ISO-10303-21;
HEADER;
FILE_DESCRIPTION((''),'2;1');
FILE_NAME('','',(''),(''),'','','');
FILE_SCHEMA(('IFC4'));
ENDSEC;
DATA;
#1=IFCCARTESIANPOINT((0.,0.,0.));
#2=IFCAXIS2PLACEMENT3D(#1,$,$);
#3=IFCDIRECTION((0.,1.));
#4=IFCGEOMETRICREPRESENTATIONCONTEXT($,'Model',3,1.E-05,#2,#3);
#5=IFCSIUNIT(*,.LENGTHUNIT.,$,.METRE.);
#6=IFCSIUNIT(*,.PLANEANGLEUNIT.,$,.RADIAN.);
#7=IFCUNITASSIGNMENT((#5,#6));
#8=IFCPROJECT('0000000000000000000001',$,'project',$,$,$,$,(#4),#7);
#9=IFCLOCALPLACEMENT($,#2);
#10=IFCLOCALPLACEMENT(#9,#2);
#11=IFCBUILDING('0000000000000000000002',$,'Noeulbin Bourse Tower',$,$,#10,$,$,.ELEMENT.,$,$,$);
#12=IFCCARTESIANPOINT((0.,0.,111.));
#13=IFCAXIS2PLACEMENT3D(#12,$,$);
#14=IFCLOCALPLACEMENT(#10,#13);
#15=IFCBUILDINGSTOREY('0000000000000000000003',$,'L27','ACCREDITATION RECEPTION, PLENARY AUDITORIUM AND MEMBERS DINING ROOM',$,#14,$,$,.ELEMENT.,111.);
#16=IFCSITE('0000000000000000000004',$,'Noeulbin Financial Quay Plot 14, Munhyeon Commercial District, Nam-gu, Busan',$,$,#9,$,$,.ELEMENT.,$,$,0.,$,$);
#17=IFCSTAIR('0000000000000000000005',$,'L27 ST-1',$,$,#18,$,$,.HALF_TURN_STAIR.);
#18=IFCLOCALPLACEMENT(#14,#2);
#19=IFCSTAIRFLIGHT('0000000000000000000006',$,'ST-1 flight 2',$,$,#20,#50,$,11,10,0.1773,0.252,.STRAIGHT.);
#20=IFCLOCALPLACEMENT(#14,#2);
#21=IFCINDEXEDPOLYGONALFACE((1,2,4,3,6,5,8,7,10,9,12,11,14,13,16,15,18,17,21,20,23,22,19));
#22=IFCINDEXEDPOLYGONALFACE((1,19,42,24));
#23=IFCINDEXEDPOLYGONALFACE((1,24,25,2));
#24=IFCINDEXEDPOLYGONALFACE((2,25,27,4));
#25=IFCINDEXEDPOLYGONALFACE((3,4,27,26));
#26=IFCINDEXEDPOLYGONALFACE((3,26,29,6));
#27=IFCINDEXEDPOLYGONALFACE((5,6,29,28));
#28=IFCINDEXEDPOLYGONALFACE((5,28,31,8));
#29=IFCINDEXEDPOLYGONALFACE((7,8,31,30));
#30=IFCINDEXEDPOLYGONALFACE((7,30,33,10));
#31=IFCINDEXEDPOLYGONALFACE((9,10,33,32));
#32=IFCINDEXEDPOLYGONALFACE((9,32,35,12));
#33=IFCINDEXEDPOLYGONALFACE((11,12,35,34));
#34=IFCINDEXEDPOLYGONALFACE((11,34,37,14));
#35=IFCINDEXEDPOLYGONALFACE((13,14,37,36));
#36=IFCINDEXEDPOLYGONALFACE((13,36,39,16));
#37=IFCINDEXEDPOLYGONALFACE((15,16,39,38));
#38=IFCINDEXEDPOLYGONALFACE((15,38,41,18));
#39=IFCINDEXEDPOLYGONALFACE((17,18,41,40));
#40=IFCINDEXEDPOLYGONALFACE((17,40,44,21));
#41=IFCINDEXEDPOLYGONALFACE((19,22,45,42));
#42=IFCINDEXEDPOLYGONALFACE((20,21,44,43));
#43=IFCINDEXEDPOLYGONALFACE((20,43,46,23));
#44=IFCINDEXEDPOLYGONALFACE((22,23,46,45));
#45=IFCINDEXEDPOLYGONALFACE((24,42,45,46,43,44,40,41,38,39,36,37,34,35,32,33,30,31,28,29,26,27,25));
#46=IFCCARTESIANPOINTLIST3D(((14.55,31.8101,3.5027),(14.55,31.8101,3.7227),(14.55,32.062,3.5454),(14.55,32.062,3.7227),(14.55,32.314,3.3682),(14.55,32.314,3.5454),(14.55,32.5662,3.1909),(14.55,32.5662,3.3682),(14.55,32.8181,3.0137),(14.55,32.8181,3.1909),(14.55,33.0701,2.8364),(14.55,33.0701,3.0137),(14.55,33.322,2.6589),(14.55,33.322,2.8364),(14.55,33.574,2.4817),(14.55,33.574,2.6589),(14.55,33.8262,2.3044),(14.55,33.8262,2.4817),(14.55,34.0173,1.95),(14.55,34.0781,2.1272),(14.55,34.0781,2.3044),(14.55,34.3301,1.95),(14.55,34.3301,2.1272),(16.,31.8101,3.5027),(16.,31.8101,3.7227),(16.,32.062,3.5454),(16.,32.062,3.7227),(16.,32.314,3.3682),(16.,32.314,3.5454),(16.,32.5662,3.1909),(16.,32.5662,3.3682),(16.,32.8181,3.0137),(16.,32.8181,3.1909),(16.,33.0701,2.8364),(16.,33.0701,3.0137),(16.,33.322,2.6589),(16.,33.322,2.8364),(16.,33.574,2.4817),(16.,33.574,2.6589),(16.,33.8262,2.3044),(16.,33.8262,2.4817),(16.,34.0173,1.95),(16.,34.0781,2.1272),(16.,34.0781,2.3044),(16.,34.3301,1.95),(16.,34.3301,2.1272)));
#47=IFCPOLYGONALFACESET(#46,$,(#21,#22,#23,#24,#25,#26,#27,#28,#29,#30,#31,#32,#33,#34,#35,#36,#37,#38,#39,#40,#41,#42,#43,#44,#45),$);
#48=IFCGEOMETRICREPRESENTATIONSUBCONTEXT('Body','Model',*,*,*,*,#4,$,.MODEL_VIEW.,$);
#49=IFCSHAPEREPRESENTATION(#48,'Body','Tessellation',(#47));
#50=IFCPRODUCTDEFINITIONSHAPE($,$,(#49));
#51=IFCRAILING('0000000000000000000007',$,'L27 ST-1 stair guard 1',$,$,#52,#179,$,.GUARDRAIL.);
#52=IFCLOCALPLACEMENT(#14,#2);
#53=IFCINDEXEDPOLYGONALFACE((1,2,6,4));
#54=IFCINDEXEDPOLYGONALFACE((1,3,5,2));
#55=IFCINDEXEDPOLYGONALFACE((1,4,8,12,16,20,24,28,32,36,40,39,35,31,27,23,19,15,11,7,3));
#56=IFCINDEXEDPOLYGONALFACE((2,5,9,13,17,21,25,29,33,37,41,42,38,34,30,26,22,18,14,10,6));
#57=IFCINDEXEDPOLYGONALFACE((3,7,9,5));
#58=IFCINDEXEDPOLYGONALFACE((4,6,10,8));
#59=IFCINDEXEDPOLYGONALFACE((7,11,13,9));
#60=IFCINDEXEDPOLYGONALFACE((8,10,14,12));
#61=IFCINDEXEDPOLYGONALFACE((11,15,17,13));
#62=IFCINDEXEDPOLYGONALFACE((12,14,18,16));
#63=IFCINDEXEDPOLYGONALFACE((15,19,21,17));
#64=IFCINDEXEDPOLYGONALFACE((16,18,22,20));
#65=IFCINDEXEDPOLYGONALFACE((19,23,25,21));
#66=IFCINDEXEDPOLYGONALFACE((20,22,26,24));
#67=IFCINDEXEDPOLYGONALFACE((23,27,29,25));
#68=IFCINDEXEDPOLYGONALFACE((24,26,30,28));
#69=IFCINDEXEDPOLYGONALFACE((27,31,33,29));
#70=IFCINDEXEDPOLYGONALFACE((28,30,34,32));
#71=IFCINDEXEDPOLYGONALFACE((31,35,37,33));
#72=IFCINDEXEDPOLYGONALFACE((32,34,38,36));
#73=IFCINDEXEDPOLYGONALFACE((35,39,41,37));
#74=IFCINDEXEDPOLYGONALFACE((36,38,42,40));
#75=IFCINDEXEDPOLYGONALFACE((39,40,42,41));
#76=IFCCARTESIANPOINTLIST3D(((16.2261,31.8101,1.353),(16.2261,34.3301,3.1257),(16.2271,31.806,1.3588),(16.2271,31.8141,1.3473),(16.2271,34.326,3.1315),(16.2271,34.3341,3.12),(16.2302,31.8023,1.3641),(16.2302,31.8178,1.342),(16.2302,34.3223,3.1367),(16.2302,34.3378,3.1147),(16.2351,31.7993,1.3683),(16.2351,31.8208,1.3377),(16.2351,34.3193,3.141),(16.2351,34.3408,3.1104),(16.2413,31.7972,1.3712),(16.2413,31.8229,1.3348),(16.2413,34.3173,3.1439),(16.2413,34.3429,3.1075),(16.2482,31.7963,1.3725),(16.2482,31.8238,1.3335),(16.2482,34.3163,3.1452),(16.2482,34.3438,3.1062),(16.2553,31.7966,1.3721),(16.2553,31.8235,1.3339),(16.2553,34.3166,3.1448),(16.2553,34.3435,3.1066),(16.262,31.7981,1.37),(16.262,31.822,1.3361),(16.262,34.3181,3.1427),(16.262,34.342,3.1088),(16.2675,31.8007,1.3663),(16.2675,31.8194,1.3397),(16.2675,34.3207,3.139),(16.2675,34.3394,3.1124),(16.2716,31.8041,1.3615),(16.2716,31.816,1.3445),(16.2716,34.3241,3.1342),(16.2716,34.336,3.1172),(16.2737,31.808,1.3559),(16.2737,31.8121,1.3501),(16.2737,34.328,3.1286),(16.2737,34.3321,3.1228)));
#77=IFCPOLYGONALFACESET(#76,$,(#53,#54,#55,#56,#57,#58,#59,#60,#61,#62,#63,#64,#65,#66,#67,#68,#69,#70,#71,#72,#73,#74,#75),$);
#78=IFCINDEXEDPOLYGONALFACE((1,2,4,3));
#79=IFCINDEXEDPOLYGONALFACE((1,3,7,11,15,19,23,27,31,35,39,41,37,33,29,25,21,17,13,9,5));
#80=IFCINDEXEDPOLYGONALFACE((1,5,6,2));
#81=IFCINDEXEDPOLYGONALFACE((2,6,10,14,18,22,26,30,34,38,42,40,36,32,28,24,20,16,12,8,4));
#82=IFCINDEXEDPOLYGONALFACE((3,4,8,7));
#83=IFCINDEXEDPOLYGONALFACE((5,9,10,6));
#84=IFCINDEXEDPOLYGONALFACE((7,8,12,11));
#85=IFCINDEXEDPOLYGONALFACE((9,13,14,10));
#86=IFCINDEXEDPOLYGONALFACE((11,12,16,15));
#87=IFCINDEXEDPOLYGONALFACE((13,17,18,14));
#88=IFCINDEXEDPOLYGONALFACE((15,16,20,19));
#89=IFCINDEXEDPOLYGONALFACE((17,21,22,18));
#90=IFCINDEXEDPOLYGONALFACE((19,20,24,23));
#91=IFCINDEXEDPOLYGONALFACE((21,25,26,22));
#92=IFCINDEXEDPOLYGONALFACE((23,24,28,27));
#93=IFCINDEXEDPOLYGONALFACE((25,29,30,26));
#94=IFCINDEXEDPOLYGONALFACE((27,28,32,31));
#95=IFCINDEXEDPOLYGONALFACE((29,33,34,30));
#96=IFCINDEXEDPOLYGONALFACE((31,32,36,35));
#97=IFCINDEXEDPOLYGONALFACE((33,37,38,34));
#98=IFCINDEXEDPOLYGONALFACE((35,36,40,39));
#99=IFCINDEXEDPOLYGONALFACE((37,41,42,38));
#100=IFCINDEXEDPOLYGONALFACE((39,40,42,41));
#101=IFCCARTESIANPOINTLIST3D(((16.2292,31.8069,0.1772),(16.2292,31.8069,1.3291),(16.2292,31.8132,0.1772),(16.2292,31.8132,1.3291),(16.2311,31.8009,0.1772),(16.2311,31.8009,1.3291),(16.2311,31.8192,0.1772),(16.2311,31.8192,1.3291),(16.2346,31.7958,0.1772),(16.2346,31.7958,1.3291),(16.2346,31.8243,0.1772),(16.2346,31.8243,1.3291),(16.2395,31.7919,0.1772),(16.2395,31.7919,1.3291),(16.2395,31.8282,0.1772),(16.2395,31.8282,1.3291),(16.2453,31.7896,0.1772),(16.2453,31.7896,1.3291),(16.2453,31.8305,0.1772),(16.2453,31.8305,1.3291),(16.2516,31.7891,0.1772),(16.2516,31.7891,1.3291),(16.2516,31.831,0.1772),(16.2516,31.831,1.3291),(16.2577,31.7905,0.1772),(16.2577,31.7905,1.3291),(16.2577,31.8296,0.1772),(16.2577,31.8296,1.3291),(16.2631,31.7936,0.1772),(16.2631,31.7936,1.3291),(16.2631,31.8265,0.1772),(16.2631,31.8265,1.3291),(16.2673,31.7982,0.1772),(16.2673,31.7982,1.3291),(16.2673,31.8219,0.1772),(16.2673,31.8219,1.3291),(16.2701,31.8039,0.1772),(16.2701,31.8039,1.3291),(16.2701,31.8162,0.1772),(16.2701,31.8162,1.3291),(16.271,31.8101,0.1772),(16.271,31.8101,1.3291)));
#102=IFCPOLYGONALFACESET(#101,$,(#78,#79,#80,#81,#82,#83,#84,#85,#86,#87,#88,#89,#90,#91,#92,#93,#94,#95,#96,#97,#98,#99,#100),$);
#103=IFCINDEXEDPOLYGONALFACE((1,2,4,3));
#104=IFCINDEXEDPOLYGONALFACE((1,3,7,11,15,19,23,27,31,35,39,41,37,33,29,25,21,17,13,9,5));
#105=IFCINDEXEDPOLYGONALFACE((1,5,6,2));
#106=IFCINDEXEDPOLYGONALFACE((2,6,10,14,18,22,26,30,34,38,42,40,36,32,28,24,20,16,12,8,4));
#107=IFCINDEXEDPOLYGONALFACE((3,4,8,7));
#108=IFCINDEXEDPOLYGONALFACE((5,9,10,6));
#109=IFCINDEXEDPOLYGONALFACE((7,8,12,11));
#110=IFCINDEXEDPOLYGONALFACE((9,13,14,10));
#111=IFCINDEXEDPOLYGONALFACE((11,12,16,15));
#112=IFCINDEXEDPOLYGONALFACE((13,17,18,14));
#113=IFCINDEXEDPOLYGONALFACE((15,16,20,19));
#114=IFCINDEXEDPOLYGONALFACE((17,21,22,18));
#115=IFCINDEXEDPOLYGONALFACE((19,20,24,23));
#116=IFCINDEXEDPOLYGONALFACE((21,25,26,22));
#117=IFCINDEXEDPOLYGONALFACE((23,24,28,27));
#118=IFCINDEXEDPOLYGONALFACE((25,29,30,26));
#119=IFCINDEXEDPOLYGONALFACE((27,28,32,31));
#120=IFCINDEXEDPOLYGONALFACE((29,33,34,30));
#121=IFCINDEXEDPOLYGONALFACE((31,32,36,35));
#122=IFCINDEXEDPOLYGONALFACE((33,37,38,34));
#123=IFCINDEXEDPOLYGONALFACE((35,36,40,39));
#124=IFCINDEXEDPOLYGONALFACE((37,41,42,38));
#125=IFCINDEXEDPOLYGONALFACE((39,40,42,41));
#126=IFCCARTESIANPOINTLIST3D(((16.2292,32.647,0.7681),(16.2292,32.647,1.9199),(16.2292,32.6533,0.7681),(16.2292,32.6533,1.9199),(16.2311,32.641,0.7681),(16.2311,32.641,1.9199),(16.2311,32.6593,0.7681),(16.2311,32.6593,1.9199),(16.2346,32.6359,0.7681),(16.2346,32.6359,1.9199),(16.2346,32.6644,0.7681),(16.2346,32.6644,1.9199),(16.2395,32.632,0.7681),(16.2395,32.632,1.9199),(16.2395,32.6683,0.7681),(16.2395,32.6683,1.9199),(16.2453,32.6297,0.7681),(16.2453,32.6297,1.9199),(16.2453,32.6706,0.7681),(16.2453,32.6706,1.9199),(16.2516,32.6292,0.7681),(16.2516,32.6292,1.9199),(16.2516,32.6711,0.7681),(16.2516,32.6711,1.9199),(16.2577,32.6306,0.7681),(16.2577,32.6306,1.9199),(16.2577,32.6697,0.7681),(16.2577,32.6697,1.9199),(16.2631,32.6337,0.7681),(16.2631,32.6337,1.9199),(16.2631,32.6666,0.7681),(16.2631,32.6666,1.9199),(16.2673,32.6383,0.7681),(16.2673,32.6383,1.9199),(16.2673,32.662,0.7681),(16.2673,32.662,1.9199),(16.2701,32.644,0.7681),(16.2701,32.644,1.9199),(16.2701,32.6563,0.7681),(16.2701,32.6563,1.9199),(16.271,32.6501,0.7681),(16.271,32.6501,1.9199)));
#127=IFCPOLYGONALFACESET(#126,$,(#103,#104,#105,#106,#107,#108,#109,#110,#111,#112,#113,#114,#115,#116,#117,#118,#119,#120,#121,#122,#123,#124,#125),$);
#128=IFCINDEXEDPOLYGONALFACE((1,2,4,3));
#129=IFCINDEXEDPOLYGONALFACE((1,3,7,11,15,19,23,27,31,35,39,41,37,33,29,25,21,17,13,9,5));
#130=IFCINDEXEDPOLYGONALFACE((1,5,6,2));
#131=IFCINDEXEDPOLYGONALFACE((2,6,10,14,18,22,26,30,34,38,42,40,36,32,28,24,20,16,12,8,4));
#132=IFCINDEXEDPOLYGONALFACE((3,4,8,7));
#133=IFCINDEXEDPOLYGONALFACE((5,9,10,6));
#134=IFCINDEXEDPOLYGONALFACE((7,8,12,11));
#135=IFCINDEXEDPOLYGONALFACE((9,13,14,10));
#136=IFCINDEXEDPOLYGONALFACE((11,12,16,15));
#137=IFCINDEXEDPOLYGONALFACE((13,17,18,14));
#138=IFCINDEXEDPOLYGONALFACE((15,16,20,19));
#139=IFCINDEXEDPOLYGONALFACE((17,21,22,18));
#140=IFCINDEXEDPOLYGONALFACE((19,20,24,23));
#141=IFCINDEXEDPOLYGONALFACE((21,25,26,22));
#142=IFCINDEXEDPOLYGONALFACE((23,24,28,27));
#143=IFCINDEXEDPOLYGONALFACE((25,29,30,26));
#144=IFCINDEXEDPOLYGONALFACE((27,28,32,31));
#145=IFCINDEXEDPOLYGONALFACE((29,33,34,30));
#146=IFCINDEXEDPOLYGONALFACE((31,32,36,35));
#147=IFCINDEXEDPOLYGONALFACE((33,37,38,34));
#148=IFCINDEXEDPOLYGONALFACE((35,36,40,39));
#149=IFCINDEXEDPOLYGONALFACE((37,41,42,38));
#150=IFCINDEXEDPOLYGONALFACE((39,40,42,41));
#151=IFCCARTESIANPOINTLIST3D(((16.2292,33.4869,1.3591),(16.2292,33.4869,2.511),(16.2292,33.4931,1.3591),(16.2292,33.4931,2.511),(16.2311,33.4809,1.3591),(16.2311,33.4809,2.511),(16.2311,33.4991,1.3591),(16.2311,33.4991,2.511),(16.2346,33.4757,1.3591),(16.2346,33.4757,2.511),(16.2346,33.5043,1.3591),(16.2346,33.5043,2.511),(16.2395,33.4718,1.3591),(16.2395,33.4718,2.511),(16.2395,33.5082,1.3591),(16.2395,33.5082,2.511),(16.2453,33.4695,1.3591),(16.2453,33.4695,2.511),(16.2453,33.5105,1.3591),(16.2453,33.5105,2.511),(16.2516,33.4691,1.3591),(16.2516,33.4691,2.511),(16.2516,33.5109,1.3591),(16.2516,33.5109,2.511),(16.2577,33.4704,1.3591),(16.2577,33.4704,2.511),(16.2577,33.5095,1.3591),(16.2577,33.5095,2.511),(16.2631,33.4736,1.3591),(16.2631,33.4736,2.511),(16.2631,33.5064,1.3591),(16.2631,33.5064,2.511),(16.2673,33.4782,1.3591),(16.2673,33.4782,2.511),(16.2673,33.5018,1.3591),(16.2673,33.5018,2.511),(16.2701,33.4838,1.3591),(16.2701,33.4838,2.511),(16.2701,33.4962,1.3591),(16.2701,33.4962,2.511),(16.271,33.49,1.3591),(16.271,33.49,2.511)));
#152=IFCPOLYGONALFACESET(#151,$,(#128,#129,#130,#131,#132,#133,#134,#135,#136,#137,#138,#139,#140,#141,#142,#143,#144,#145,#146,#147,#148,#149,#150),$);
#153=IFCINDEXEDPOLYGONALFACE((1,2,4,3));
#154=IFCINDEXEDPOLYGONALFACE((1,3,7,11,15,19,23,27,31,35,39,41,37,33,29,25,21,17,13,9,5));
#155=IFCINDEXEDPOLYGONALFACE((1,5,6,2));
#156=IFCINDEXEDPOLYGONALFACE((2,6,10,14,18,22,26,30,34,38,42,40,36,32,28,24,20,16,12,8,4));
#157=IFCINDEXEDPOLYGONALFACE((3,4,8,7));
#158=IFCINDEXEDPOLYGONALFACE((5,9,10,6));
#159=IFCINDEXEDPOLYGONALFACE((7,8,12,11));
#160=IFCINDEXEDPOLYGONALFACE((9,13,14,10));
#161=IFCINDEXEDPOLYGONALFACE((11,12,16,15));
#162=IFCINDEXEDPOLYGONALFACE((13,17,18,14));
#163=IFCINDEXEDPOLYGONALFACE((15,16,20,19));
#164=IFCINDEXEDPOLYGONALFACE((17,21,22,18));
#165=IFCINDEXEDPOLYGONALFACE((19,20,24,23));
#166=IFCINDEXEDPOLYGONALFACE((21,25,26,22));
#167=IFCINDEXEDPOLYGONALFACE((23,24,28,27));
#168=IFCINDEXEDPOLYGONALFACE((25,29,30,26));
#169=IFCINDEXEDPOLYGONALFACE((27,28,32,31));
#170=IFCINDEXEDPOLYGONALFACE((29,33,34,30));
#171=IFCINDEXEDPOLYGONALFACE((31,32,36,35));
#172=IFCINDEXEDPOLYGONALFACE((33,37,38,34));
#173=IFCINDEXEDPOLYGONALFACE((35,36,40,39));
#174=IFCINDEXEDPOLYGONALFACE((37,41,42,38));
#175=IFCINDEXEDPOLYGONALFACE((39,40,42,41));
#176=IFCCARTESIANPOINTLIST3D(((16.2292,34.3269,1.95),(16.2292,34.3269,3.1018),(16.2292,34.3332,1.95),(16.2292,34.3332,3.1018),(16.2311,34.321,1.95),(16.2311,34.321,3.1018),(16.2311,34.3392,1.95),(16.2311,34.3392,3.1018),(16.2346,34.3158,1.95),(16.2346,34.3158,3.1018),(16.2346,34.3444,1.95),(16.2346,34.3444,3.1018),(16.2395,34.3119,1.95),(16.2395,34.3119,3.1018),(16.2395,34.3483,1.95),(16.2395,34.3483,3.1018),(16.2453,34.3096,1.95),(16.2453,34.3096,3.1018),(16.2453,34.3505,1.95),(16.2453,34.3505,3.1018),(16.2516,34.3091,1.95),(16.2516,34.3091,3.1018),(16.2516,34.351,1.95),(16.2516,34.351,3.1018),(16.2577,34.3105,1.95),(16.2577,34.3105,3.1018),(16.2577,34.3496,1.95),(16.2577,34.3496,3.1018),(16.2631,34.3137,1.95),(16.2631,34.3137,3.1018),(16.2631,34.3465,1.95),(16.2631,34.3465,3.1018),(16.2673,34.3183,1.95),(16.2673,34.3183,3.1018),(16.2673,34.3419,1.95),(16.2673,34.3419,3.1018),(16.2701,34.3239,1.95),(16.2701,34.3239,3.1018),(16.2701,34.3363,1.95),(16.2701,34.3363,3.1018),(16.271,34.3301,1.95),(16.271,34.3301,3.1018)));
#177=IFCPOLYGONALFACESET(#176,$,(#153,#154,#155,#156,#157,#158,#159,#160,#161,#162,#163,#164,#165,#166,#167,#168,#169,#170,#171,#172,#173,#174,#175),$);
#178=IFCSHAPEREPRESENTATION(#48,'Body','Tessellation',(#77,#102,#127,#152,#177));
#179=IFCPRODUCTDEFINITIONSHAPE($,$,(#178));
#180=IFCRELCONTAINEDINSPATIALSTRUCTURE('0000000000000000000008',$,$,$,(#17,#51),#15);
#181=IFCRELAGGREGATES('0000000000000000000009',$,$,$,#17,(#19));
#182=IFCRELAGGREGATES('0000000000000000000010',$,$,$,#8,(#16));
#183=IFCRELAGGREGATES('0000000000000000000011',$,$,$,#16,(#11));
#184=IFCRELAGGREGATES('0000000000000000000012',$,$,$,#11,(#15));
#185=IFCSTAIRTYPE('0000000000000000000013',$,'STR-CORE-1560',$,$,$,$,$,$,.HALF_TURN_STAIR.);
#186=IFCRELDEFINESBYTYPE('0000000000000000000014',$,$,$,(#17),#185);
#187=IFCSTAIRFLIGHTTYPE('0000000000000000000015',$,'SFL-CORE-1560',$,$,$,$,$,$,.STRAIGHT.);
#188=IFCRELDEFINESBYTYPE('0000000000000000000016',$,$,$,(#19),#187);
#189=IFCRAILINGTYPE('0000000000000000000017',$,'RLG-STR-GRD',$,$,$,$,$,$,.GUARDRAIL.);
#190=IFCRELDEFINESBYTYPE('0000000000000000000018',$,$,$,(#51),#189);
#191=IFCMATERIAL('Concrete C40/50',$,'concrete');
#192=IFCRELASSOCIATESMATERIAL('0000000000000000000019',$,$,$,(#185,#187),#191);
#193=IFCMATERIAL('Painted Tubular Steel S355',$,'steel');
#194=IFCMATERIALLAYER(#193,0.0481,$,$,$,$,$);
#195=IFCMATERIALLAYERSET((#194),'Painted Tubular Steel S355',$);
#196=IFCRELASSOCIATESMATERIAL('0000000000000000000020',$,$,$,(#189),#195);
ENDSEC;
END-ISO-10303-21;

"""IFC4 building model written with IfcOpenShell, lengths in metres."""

from ifc_helpers import new_model, si_unit, direction, frame, origin, origin_2d, place, context, subcontext, project, spatial, polyline, circle, outline, extrude, material, layer, layer_set, type_object, element, aggregate, save


model = new_model("IFC4")

# Units and contexts
model_context = context("Model", 3, precision=1e-05, world=origin(), true_north=direction((0.0, 1.0)))
body_context = subcontext(model_context, "Body", "Model", "MODEL_VIEW")
ifc_project = project(units=[si_unit("LENGTHUNIT", "METRE"), si_unit("PLANEANGLEUNIT", "RADIAN")], contexts=[model_context])

# Site, building, storey
site_placement = place(None, origin())
site = spatial("IfcSite", under=ifc_project, at=site_placement, Name="Noeulbin Financial Quay Plot 14, Munhyeon Commercial District, Nam-gu, Busan", CompositionType="ELEMENT", RefElevation=0.0)
building_placement = place(site_placement, origin())
building = spatial("IfcBuilding", under=site, at=building_placement, Name="Noeulbin Bourse Tower", CompositionType="ELEMENT")
storey_placement = place(building_placement, frame((0.0, 0.0, 111.0)))
storey = spatial("IfcBuildingStorey", under=building, at=storey_placement, Name="L27", Description="ACCREDITATION RECEPTION, PLENARY AUDITORIUM AND MEMBERS DINING ROOM", CompositionType="ELEMENT", Elevation=111.0)

# Shared definitions
ifc_material_1 = material(Name="Concrete C40/50", Category="concrete")

# Stair, stair flight
stair_type = type_object("IfcStairType", Name="STR-CORE-1560", PredefinedType="HALF_TURN_STAIR", material=ifc_material_1)
stair_placement = place(storey_placement, origin())
stair = element("IfcStair", 1, at=stair_placement, inside=storey, type_object=stair_type, Name="L27 ST-1", PredefinedType="HALF_TURN_STAIR")
stair_flight_type = type_object("IfcStairFlightType", Name="SFL-CORE-1560", PredefinedType="STRAIGHT", material=ifc_material_1)
stair_flight_1_placement = place(storey_placement, frame((15.2749, 34.3301, 1.95), z_axis=(0.0, 0.0, 1.0), x_axis=(0.0, -1.0, 0.0)))
stair_flight_1 = element("IfcStairFlight", 2, at=stair_flight_1_placement, type_object=stair_flight_type, Name="ST-1 flight 2", NumberOfRisers=11, NumberOfTreads=10, PredefinedType="STRAIGHT", RiserHeight=0.1773, TreadLength=0.252, context=body_context, shape_type="SweptSolid", body=[
    extrude(outline(polyline([(0.0, 0.0), (0.0, 0.1772), (0.252, 0.1772), (0.252, 0.3545), (0.5039, 0.3545), (0.5039, 0.5317), (0.7561, 0.5317), (0.7561, 0.709), (1.0081, 0.709), (1.0081, 0.8865), (1.26, 0.8865), (1.26, 1.0637), (1.512, 1.0637), (1.512, 1.241), (1.7639, 1.241), (1.7639, 1.4182), (2.0161, 1.4182), (2.0161, 1.5955), (2.2681, 1.5955), (2.2681, 1.7727), (2.52, 1.7727), (2.52, 1.95), (2.52, 1.5527), (0.3127, 0.0), (0.0, 0.0)])), frame((0.0, 0.7251, 0.0), z_axis=(0.0, -1.0, 0.0), x_axis=(1.0, 0.0, 0.0)), (0.0, 0.0, 1.0), 1.45),
])
aggregate(stair, [stair_flight_1])

# Railing
ifc_material_2 = material(Name="Painted Tubular Steel S355", Category="steel")
ifc_layer_1 = layer(ifc_material_2, 0.0481)
ifc_layer_set_1 = layer_set([ifc_layer_1], Name="Painted Tubular Steel S355")
railing_type_1 = type_object("IfcRailingType", Name="RLG-STR-GRD", PredefinedType="GUARDRAIL", material=ifc_layer_set_1)
railing_1_placement = place(storey_placement, frame((16.25, 31.8101, 0.1772)))
element("IfcRailing", 3, at=railing_1_placement, inside=storey, type_object=railing_type_1, Name="L27 ST-1 stair guard 1", PredefinedType="GUARDRAIL", context=body_context, shape_type="SweptSolid", body=[
    extrude(circle(Radius=0.0239, at=origin_2d()), frame((0.0, 0.0, 1.1758), z_axis=(0.0, 0.817904, 0.575354), x_axis=(-1.0, 0.0, 0.0)), (0.0, 0.0, 1.0), 3.0811),
    extrude(circle(Radius=0.021, at=origin_2d()), origin(), (0.0, 0.0, 1.0), 1.1519),
    extrude(circle(Radius=0.021, at=origin_2d()), frame((0.0, 0.8401, 0.5908)), (0.0, 0.0, 1.0), 1.1519),
    extrude(circle(Radius=0.021, at=origin_2d()), frame((0.0, 1.6799, 1.1819)), (0.0, 0.0, 1.0), 1.1519),
    extrude(circle(Radius=0.021, at=origin_2d()), frame((0.0, 2.52, 1.7727)), (0.0, 0.0, 1.0), 1.1519),
])

save(model, "model.ifc")
